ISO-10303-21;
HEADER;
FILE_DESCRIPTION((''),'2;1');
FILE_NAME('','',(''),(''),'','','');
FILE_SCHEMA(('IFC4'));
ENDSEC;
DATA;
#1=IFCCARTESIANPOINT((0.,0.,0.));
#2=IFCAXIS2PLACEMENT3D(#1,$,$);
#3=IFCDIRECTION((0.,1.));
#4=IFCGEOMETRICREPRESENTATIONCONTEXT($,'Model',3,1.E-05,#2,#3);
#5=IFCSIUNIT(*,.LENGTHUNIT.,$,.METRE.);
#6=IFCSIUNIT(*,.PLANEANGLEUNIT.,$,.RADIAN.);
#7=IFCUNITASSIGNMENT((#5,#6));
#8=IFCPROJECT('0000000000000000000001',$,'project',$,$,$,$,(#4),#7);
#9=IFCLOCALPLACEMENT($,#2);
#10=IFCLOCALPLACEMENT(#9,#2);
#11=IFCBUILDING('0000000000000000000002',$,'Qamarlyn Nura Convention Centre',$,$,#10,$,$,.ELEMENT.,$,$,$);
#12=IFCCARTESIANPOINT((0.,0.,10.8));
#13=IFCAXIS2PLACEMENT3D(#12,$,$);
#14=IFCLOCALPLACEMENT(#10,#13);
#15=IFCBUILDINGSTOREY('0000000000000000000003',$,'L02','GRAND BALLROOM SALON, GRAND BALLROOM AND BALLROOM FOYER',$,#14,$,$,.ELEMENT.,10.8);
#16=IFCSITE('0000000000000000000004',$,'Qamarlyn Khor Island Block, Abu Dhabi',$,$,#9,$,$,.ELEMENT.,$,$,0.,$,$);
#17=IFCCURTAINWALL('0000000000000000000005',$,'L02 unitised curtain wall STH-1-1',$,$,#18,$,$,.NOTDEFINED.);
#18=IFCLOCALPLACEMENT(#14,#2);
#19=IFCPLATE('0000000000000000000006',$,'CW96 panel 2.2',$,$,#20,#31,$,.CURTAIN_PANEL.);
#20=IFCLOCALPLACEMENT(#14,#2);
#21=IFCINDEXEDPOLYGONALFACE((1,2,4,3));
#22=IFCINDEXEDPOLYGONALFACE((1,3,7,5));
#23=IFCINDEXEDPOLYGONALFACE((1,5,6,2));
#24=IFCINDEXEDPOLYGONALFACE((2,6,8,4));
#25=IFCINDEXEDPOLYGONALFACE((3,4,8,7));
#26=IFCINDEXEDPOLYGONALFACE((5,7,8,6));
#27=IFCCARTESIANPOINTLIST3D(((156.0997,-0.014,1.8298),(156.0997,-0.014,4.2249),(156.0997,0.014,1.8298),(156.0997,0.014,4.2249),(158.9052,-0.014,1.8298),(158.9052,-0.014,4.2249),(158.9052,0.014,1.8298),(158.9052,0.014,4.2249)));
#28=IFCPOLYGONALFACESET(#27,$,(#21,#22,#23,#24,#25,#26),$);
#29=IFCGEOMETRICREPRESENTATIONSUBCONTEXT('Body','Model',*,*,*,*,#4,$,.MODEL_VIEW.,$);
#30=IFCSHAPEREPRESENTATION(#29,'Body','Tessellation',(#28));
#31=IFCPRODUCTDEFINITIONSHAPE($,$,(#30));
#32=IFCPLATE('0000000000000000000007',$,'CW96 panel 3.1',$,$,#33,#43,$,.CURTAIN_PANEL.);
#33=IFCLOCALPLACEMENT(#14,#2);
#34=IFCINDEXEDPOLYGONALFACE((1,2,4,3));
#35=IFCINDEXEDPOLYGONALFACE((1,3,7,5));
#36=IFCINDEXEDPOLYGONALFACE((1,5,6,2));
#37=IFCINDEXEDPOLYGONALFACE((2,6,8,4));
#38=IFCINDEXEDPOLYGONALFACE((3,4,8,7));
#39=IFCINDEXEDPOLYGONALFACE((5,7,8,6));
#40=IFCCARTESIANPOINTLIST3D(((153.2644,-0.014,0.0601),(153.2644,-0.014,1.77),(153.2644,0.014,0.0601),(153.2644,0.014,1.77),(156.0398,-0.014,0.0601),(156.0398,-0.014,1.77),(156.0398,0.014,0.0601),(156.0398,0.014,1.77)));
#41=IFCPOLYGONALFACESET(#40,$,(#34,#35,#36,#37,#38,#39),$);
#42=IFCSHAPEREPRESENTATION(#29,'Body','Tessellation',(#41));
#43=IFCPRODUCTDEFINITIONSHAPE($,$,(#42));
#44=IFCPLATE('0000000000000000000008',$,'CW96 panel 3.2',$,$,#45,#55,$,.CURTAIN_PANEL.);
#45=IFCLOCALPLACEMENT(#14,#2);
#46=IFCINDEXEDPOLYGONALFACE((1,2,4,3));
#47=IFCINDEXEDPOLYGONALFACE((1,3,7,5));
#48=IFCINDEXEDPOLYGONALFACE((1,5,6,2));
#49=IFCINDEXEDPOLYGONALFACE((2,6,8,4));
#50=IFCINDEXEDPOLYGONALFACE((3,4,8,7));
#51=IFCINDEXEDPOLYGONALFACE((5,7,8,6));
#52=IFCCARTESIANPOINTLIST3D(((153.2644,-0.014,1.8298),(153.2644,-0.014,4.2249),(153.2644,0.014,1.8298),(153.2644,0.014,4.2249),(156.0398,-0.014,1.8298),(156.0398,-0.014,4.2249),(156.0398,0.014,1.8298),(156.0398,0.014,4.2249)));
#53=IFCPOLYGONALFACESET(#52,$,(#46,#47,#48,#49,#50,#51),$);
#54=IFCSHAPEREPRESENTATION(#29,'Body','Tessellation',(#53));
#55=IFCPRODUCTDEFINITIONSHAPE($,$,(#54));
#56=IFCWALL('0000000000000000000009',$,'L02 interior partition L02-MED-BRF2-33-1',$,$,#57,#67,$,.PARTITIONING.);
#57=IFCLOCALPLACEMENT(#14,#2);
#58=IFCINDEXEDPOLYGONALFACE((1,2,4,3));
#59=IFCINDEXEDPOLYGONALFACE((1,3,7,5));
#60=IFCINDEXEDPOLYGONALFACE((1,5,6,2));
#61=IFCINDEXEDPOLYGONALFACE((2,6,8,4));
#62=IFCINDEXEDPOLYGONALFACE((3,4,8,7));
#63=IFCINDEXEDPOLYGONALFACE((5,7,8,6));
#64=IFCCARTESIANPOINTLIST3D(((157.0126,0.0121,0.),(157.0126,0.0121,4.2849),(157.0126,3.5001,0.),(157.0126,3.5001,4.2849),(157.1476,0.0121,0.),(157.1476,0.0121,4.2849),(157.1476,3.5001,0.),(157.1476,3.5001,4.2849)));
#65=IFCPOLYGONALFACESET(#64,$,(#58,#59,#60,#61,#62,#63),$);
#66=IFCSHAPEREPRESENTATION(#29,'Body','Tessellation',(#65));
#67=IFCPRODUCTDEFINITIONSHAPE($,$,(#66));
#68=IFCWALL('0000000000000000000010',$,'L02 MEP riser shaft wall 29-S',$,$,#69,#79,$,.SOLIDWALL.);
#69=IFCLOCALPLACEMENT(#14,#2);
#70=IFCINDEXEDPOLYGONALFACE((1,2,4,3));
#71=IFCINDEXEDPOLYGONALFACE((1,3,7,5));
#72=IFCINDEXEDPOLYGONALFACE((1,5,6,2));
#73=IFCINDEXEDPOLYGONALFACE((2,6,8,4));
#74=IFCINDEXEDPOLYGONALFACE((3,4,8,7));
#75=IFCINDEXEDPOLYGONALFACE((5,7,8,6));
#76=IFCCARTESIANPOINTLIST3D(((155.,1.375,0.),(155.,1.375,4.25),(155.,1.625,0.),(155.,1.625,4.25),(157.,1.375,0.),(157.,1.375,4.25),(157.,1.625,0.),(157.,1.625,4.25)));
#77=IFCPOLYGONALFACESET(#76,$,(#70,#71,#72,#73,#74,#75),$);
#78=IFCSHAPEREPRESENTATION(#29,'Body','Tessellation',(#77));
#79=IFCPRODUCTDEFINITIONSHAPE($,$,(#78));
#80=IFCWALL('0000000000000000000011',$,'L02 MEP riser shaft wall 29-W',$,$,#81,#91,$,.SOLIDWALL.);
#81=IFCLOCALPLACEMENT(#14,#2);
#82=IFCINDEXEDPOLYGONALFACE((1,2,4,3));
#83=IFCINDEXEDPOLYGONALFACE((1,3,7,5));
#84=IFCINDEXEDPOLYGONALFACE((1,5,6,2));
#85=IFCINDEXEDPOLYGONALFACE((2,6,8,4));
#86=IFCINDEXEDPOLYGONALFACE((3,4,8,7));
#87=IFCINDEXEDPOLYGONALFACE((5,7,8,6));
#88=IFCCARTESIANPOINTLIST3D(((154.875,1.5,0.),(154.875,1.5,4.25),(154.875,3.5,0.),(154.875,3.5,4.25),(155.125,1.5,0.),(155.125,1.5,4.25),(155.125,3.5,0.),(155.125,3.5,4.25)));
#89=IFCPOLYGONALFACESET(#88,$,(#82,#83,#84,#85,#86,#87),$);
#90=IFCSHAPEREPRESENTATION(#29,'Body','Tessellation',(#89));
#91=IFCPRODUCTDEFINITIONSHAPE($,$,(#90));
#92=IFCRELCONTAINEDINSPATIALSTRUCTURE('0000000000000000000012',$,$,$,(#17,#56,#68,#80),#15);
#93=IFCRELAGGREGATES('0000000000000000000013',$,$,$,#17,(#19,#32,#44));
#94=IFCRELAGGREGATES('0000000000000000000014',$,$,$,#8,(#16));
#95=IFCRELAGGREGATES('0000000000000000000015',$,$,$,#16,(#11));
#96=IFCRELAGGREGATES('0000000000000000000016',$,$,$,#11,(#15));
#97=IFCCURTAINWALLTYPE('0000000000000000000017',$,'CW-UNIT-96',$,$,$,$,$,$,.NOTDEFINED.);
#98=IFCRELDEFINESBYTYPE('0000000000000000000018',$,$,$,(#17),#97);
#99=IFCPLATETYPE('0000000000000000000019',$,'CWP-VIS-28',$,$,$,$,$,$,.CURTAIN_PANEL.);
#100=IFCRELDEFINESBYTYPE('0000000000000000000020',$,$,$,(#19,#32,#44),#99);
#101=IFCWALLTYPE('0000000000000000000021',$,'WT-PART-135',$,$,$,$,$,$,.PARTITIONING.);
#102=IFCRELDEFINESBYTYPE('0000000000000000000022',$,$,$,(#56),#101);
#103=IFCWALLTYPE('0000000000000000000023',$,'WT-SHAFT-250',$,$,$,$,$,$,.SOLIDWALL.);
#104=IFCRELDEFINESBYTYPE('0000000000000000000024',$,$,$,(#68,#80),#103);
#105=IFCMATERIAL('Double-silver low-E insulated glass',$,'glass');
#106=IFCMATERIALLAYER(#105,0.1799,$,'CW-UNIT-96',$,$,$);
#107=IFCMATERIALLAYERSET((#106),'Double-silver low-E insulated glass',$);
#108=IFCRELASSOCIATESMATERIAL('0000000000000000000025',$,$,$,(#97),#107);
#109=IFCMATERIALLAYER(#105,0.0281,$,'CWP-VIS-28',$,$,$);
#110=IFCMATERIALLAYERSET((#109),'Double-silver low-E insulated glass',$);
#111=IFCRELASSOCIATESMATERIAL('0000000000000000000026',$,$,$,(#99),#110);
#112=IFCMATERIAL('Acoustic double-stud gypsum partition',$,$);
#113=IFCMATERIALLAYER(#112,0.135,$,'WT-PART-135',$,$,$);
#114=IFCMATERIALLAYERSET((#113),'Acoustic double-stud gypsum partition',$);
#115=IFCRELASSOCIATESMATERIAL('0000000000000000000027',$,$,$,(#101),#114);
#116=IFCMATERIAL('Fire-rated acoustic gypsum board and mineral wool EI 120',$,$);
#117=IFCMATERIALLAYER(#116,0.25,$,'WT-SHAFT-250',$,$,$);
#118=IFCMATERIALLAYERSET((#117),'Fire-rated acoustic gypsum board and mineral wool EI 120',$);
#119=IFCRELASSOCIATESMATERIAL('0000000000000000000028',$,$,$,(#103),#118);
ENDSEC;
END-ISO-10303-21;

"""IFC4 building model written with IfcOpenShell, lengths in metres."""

from ifc_helpers import new_model, si_unit, direction, frame, frame_2d, origin, origin_2d, place, context, subcontext, project, spatial, rectangle, extrude, material, layer, layer_set, type_object, element, aggregate, save


model = new_model("IFC4")

# Units and contexts
model_context = context("Model", 3, precision=1e-05, world=origin(), true_north=direction((0.0, 1.0)))
body_context = subcontext(model_context, "Body", "Model", "MODEL_VIEW")
ifc_project = project(units=[si_unit("LENGTHUNIT", "METRE"), si_unit("PLANEANGLEUNIT", "RADIAN")], contexts=[model_context])

# Site, building, storey
site_placement = place(None, origin())
site = spatial("IfcSite", under=ifc_project, at=site_placement, Name="Qamarlyn Khor Island Block, Abu Dhabi", CompositionType="ELEMENT", RefElevation=0.0)
building_placement = place(site_placement, origin())
building = spatial("IfcBuilding", under=site, at=building_placement, Name="Qamarlyn Nura Convention Centre", CompositionType="ELEMENT")
storey_placement = place(building_placement, frame((0.0, 0.0, 10.8)))
storey = spatial("IfcBuildingStorey", under=building, at=storey_placement, Name="L02", Description="GRAND BALLROOM SALON, GRAND BALLROOM AND BALLROOM FOYER", CompositionType="ELEMENT", Elevation=10.8)

# Curtain wall, plates
ifc_material_1 = material(Name="Double-silver low-E insulated glass", Category="glass")
ifc_layer_1 = layer(ifc_material_1, 0.1799, Name="CW-UNIT-96")
ifc_layer_set_1 = layer_set([ifc_layer_1], Name="Double-silver low-E insulated glass")
curtain_wall_type = type_object("IfcCurtainWallType", Name="CW-UNIT-96", PredefinedType="NOTDEFINED", material=ifc_layer_set_1)
curtain_wall_placement = place(storey_placement, origin())
curtain_wall = element("IfcCurtainWall", 1, at=curtain_wall_placement, inside=storey, type_object=curtain_wall_type, Name="L02 unitised curtain wall STH-1-1", PredefinedType="NOTDEFINED")
ifc_layer_2 = layer(ifc_material_1, 0.0281, Name="CWP-VIS-28")
ifc_layer_set_2 = layer_set([ifc_layer_2], Name="Double-silver low-E insulated glass")
plate_type = type_object("IfcPlateType", Name="CWP-VIS-28", PredefinedType="CURTAIN_PANEL", material=ifc_layer_set_2)
plate_1_placement = place(storey_placement, frame((157.5024, 0.0, 1.8298), z_axis=(0.0, 0.0, 1.0), x_axis=(-1.0, 0.0, 0.0)))
plate_1 = element("IfcPlate", 2, at=plate_1_placement, type_object=plate_type, Name="CW96 panel 2.2", PredefinedType="CURTAIN_PANEL", context=body_context, shape_type="SweptSolid", body=[
    extrude(rectangle(XDim=2.8054, YDim=0.0281, at=origin_2d()), origin(), (0.0, 0.0, 1.0), 2.395),
])
plate_2_placement = place(storey_placement, frame((154.6521, 0.0, 0.0601), z_axis=(0.0, 0.0, 1.0), x_axis=(-1.0, 0.0, 0.0)))
plate_2 = element("IfcPlate", 3, at=plate_2_placement, type_object=plate_type, Name="CW96 panel 3.1", PredefinedType="CURTAIN_PANEL", context=body_context, shape_type="SweptSolid", body=[
    extrude(rectangle(XDim=2.7754, YDim=0.0281, at=origin_2d()), origin(), (0.0, 0.0, 1.0), 1.71),
])
plate_3_placement = place(storey_placement, frame((154.6521, 0.0, 1.8298), z_axis=(0.0, 0.0, 1.0), x_axis=(-1.0, 0.0, 0.0)))
plate_3 = element("IfcPlate", 4, at=plate_3_placement, type_object=plate_type, Name="CW96 panel 3.2", PredefinedType="CURTAIN_PANEL", context=body_context, shape_type="SweptSolid", body=[
    extrude(rectangle(XDim=2.7754, YDim=0.0281, at=origin_2d()), origin(), (0.0, 0.0, 1.0), 2.395),
])
aggregate(curtain_wall, [plate_1, plate_2, plate_3])

# Walls
ifc_material_2 = material(Name="Acoustic double-stud gypsum partition")
ifc_layer_3 = layer(ifc_material_2, 0.135, Name="WT-PART-135")
ifc_layer_set_3 = layer_set([ifc_layer_3], Name="Acoustic double-stud gypsum partition")
wall_type_1 = type_object("IfcWallType", Name="WT-PART-135", PredefinedType="PARTITIONING", material=ifc_layer_set_3)
wall_placement = place(storey_placement, frame((157.0801, 0.012, 0.0), z_axis=(0.0, 0.0, 1.0), x_axis=(0.0, 1.0, 0.0)))
element("IfcWall", 5, at=wall_placement, inside=storey, type_object=wall_type_1, Name="L02 interior partition L02-MED-BRF2-33-1", PredefinedType="PARTITIONING", context=body_context, shape_type="SweptSolid", body=[
    extrude(rectangle(XDim=3.488, YDim=0.135, at=frame_2d((1.7441, 0.0))), origin(), (0.0, 0.0, 1.0), 4.2849),
])
ifc_material_3 = material(Name="Fire-rated acoustic gypsum board and mineral wool EI 120")
ifc_layer_4 = layer(ifc_material_3, 0.25, Name="WT-SHAFT-250")
ifc_layer_set_4 = layer_set([ifc_layer_4], Name="Fire-rated acoustic gypsum board and mineral wool EI 120")
wall_type_2 = type_object("IfcWallType", Name="WT-SHAFT-250", PredefinedType="SOLIDWALL", material=ifc_layer_set_4)
for number, where, z_axis, x_axis, name in (
    (6, (155.0, 1.5, 0.0), (0.0, 0.0, 1.0), (1.0, 0.0, 0.0), "L02 MEP riser shaft wall 29-S"),
    (7, (155.0, 3.5, 0.0), (0.0, 0.0, 1.0), (0.0, -1.0, 0.0), "L02 MEP riser shaft wall 29-W"),
):
    element("IfcWall", number, at=place(storey_placement, frame(where, z_axis=z_axis, x_axis=x_axis)), inside=storey, type_object=wall_type_2, Name=name, PredefinedType="SOLIDWALL", context=body_context, shape_type="SweptSolid", body=[
        extrude(rectangle(XDim=2.0, YDim=0.25, at=frame_2d((1.0, 0.0))), origin(), (0.0, 0.0, 1.0), 4.25),
    ])

save(model, "model.ifc")
